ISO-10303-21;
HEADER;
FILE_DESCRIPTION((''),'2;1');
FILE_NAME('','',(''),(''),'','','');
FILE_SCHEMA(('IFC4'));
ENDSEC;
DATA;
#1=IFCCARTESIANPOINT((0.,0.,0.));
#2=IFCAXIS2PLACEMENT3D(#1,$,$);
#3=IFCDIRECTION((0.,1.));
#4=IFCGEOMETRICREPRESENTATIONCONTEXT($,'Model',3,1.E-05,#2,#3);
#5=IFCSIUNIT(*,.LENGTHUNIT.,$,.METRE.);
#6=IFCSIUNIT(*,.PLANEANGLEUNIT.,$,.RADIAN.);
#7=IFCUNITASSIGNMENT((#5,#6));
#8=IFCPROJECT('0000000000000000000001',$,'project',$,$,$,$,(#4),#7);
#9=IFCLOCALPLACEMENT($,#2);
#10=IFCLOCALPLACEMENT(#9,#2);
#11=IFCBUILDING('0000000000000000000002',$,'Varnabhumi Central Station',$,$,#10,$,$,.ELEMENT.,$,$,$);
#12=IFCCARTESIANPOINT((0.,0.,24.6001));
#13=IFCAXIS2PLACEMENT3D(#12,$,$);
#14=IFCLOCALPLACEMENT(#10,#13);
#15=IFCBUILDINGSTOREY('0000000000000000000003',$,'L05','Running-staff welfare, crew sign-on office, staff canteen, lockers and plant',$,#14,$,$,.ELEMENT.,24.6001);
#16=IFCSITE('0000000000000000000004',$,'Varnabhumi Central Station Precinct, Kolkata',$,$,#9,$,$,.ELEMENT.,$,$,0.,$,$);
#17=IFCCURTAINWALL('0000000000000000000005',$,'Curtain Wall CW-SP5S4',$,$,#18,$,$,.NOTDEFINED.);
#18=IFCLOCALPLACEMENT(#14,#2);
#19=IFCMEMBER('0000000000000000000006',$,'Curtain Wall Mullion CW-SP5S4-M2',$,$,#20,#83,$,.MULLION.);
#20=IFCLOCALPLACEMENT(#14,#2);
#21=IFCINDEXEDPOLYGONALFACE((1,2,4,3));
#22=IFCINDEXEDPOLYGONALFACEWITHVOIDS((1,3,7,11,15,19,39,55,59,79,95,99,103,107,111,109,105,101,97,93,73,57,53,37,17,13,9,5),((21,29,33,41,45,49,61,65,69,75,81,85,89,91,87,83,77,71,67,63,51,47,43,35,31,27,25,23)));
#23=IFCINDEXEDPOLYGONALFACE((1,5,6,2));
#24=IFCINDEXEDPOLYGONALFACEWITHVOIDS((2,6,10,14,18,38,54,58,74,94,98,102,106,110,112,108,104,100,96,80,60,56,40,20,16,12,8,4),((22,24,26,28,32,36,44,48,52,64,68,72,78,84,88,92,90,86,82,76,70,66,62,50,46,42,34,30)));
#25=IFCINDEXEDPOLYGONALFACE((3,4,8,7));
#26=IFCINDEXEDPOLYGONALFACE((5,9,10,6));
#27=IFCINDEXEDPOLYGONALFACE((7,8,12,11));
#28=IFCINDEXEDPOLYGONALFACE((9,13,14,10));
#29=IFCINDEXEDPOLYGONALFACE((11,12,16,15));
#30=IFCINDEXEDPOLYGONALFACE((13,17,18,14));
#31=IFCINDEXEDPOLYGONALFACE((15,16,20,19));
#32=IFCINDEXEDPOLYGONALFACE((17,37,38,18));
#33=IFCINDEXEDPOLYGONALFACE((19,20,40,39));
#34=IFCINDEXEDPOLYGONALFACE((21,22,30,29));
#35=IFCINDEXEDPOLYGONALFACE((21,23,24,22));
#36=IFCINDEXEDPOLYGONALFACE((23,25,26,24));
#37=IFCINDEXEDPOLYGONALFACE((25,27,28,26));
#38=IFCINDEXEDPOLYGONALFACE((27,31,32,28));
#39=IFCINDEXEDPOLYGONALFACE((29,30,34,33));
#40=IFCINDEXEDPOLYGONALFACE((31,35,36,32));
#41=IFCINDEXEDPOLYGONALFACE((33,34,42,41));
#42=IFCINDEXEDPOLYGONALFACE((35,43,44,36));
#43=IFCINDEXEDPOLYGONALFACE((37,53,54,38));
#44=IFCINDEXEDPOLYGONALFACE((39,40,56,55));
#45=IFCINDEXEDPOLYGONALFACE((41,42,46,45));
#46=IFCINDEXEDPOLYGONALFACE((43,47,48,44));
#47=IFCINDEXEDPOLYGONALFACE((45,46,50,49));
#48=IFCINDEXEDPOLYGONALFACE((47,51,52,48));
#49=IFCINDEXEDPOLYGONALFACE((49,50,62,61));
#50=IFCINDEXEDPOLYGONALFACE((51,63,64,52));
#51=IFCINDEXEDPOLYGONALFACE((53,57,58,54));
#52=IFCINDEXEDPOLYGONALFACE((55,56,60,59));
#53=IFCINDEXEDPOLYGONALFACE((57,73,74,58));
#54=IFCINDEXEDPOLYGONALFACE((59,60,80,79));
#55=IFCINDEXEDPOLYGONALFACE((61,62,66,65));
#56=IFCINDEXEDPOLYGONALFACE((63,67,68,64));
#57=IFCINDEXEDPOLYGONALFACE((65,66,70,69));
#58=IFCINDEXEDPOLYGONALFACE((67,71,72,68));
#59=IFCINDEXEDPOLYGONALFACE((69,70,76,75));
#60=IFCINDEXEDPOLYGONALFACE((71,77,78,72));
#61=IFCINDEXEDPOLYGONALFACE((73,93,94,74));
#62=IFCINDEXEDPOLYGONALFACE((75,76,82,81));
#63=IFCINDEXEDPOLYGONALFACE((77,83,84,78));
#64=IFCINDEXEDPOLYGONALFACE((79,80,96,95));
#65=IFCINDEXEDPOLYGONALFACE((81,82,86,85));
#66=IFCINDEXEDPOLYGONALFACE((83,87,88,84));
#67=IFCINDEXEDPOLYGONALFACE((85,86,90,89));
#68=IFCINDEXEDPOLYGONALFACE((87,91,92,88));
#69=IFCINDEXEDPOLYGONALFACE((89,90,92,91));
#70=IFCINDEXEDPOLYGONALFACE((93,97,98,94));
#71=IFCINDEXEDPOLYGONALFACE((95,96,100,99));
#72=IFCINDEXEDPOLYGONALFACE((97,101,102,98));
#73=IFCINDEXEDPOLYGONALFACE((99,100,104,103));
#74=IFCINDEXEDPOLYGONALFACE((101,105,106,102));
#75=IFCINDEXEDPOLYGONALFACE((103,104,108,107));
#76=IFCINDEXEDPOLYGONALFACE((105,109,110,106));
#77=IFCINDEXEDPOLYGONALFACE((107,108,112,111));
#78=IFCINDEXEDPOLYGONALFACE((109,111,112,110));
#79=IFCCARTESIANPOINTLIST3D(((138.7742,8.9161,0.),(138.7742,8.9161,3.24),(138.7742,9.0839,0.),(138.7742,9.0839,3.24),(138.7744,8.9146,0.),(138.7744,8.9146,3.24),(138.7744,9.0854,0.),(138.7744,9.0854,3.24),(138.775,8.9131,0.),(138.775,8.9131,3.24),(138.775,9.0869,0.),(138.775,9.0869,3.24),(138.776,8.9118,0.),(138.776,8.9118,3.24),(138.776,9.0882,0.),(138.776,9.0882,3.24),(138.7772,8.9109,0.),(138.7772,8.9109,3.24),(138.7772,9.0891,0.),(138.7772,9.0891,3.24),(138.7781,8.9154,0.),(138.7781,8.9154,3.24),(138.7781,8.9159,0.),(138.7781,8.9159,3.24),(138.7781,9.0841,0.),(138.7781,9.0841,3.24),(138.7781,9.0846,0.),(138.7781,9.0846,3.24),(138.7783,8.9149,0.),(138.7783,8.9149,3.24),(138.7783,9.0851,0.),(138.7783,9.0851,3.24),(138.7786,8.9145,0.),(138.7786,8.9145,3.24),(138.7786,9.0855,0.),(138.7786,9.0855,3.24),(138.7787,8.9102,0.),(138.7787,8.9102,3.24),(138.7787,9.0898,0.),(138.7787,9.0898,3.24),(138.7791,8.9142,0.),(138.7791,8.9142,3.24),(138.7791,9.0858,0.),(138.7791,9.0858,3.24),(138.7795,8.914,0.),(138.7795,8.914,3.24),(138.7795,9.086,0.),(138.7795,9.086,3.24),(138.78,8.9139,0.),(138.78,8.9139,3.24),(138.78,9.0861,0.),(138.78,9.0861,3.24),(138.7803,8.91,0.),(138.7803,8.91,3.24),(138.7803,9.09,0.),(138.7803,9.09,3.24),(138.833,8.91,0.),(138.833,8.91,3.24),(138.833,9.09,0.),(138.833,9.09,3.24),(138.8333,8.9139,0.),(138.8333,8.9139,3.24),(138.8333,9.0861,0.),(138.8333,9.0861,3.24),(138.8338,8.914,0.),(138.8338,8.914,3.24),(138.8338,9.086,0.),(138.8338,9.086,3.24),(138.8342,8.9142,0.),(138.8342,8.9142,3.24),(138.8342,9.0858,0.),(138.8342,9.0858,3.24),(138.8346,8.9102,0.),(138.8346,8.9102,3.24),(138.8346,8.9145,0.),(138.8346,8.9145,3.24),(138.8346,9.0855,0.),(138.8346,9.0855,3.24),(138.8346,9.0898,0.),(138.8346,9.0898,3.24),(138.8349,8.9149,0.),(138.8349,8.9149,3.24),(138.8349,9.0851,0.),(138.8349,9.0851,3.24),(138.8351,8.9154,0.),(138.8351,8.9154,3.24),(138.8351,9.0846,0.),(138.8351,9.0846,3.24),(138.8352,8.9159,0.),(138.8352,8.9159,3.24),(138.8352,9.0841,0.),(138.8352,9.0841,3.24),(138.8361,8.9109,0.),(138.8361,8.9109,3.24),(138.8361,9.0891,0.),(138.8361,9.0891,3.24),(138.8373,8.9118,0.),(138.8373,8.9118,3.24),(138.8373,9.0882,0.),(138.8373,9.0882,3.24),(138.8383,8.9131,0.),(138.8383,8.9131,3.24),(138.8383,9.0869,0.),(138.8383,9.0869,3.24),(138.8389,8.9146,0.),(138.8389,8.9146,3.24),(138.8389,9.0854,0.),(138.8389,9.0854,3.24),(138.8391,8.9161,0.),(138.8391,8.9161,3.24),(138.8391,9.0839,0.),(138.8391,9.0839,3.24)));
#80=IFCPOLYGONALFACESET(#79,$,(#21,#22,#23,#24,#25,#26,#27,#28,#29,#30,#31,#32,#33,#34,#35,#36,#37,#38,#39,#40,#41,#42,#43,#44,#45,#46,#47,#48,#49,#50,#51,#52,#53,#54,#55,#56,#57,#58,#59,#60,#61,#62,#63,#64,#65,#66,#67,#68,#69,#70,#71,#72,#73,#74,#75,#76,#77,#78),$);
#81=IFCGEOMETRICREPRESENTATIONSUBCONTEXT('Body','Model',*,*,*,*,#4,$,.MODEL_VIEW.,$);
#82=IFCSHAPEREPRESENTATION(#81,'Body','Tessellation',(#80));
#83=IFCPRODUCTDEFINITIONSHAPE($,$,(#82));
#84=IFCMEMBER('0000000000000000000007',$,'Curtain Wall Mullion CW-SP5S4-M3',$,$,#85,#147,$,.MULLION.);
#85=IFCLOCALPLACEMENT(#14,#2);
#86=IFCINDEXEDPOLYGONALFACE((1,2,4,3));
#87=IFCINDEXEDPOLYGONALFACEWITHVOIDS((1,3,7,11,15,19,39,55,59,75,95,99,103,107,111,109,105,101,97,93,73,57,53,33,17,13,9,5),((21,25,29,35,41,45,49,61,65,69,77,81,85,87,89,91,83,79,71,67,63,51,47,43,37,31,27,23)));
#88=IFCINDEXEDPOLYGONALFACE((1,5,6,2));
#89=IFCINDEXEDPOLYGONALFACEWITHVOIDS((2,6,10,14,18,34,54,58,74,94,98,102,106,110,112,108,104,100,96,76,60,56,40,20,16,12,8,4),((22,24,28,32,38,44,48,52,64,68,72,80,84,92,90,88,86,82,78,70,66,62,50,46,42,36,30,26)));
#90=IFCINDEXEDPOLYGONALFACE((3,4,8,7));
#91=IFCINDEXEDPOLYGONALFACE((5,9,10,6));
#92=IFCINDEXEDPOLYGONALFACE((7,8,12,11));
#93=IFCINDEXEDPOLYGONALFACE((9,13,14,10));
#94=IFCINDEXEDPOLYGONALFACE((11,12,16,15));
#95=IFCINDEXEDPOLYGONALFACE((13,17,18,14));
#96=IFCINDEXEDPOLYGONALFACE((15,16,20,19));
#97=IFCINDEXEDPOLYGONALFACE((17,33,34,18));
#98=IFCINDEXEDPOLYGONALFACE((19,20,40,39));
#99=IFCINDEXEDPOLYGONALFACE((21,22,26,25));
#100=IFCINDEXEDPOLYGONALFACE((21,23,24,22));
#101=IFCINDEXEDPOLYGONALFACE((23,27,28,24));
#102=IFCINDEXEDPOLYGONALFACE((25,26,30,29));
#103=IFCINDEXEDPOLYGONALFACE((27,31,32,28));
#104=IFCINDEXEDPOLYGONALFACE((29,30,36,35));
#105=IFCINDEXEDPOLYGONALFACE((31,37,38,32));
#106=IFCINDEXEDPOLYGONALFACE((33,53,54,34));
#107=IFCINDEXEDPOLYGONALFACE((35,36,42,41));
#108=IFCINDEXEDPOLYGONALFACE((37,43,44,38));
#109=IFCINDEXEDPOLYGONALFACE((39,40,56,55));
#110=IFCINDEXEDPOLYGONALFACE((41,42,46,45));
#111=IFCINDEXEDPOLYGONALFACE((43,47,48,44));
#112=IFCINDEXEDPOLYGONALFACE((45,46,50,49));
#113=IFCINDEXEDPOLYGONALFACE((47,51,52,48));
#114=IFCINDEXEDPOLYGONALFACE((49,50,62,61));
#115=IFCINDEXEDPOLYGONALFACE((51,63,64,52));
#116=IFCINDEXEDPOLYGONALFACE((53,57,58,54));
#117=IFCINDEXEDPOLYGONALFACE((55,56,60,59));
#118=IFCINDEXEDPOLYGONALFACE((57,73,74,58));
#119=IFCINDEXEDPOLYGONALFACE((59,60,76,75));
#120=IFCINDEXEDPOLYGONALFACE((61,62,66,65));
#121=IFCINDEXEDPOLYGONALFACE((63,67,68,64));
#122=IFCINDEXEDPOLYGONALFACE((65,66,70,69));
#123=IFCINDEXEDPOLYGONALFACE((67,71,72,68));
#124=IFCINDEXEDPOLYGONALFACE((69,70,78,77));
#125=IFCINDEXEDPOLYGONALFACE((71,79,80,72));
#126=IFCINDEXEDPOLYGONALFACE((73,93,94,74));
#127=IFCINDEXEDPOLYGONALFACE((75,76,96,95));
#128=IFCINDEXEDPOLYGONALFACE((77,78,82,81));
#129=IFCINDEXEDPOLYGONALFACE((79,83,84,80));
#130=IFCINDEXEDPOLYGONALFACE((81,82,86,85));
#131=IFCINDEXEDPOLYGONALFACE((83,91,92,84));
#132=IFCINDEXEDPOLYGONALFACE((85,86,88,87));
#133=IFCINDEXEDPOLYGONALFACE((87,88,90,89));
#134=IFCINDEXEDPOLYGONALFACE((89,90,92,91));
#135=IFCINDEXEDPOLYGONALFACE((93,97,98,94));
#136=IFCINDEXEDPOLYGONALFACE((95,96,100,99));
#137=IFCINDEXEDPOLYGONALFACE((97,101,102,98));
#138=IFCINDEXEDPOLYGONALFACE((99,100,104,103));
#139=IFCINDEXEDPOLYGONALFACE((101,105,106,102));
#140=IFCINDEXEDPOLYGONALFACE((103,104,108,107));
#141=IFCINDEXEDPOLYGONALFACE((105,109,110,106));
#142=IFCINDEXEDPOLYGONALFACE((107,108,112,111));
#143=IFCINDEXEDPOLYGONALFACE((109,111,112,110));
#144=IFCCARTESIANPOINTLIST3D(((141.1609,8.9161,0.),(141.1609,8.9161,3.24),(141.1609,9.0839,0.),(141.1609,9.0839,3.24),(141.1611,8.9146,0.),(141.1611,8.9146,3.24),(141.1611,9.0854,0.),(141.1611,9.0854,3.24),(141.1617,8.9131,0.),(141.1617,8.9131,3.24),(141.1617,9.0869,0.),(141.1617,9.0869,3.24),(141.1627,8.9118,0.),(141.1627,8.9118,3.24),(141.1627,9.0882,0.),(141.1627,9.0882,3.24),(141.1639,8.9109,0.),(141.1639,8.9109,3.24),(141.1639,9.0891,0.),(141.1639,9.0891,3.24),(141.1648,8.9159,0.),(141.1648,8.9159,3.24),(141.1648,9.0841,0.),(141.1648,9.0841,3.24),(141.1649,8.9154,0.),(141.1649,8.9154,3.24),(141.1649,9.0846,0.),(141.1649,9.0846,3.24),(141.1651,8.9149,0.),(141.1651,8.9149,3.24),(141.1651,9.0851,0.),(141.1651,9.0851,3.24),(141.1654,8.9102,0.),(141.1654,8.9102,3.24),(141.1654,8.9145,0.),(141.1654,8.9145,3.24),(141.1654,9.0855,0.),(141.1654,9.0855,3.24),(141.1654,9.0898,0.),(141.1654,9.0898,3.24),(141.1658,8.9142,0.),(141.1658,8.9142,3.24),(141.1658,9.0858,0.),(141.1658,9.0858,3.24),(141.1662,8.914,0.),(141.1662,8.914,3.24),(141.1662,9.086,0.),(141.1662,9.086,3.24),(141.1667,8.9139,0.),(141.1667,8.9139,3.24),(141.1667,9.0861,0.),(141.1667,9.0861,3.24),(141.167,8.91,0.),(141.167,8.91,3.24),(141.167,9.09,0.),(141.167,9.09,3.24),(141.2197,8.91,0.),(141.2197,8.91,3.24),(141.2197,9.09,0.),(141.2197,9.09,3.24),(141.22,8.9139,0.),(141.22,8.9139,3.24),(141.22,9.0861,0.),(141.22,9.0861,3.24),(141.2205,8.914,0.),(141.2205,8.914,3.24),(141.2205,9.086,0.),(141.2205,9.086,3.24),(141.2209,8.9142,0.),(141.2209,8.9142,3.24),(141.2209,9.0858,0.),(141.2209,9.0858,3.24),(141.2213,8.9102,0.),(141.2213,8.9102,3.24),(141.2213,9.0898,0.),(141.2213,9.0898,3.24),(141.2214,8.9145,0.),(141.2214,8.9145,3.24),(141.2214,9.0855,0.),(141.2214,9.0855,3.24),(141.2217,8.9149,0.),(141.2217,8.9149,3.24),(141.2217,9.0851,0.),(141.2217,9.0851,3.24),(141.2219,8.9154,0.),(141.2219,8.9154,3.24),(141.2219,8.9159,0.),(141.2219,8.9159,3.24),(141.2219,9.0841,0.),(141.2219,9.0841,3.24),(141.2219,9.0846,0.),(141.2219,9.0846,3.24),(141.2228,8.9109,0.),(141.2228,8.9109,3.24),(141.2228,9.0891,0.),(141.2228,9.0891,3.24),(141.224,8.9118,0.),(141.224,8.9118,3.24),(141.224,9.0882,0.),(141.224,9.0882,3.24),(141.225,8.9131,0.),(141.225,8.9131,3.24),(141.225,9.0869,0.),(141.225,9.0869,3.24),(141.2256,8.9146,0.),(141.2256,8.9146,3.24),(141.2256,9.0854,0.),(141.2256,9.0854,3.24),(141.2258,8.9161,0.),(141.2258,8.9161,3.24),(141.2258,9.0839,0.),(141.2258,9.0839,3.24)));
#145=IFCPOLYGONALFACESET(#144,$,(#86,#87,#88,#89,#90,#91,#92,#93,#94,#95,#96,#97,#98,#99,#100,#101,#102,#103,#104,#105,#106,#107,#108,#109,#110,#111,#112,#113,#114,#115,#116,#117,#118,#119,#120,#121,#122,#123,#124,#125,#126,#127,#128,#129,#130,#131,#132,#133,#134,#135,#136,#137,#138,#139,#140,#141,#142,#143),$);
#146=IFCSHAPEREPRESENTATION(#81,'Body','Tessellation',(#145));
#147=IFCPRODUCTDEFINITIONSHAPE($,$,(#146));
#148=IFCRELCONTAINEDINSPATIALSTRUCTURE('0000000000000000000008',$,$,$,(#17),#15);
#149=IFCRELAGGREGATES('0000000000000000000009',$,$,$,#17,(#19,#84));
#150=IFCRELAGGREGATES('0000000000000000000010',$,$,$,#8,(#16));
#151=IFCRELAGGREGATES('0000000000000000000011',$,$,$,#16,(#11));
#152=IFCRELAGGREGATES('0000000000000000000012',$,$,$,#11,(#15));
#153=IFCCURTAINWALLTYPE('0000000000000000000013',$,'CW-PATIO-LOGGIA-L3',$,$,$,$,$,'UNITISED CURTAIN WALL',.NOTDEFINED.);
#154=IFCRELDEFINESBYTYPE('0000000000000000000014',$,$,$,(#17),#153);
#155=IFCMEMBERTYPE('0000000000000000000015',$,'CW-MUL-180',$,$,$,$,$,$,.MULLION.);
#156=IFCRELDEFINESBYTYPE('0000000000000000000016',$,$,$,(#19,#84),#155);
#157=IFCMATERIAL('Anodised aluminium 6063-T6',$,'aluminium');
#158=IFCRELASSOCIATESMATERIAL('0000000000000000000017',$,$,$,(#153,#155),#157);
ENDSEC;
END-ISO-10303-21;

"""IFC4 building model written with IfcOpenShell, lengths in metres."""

from ifc_helpers import new_model, si_unit, direction, frame, origin, origin_2d, place, context, subcontext, project, spatial, hollow_rectangle, extrude, material, material_profile, profile_set, type_object, element, aggregate, save


model = new_model("IFC4")

# Units and contexts
model_context = context("Model", 3, precision=1e-05, world=origin(), true_north=direction((0.0, 1.0)))
body_context = subcontext(model_context, "Body", "Model", "MODEL_VIEW")
ifc_project = project(units=[si_unit("LENGTHUNIT", "METRE"), si_unit("PLANEANGLEUNIT", "RADIAN")], contexts=[model_context])

# Site, building, storey
site_placement = place(None, origin())
site = spatial("IfcSite", under=ifc_project, at=site_placement, Name="Varnabhumi Central Station Precinct, Kolkata", CompositionType="ELEMENT", RefElevation=0.0)
building_placement = place(site_placement, origin())
building = spatial("IfcBuilding", under=site, at=building_placement, Name="Varnabhumi Central Station", CompositionType="ELEMENT")
storey_placement = place(building_placement, frame((0.0, 0.0, 24.6001)))
storey = spatial("IfcBuildingStorey", under=building, at=storey_placement, Name="L05", Description="Running-staff welfare, crew sign-on office, staff canteen, lockers and plant", CompositionType="ELEMENT", Elevation=24.6001)

# Curtain wall, members
ifc_material_1 = material(Name="Anodised aluminium 6063-T6", Category="aluminium")
curtain_wall_type = type_object("IfcCurtainWallType", Name="CW-PATIO-LOGGIA-L3", ElementType="UNITISED CURTAIN WALL", PredefinedType="NOTDEFINED", material=ifc_material_1)
curtain_wall_placement = place(storey_placement, origin())
curtain_wall = element("IfcCurtainWall", 1, at=curtain_wall_placement, inside=storey, type_object=curtain_wall_type, Name="Curtain Wall CW-SP5S4", PredefinedType="NOTDEFINED")
ifc_material_profile_1 = material_profile(ifc_material_1, hollow_rectangle(XDim=0.0649, YDim=0.1799, WallThickness=0.0039, InnerFilletRadius=0.002, OuterFilletRadius=0.0061, at=origin_2d()), Name="Anodised aluminium 6063-T6", Category="aluminium")
ifc_profile_set_1 = profile_set([ifc_material_profile_1], Name="Anodised aluminium 6063-T6")
member_type_1 = type_object("IfcMemberType", Name="CW-MUL-180", PredefinedType="MULLION", material=ifc_profile_set_1)
member_1_placement = place(storey_placement, frame((138.8066, 9.0, 0.0), z_axis=(0.0, 0.0, 1.0), x_axis=(1.0, 0.0, 0.0)))
member_1 = element("IfcMember", 2, at=member_1_placement, type_object=member_type_1, Name="Curtain Wall Mullion CW-SP5S4-M2", PredefinedType="MULLION", context=body_context, shape_type="SweptSolid", body=[
    extrude(hollow_rectangle(XDim=0.0649, YDim=0.1799, WallThickness=0.0039, InnerFilletRadius=0.002, OuterFilletRadius=0.0061, at=origin_2d()), origin(), (0.0, 0.0, 1.0), 3.24),
])
member_2_placement = place(storey_placement, frame((141.1934, 9.0, 0.0), z_axis=(0.0, 0.0, 1.0), x_axis=(1.0, 0.0, 0.0)))
member_2 = element("IfcMember", 3, at=member_2_placement, type_object=member_type_1, Name="Curtain Wall Mullion CW-SP5S4-M3", PredefinedType="MULLION", context=body_context, shape_type="SweptSolid", body=[
    extrude(hollow_rectangle(XDim=0.0649, YDim=0.1799, WallThickness=0.0039, InnerFilletRadius=0.002, OuterFilletRadius=0.0061, at=origin_2d()), origin(), (0.0, 0.0, 1.0), 3.24),
])

aggregate(curtain_wall, [member_1, member_2])

save(model, "model.ifc")
